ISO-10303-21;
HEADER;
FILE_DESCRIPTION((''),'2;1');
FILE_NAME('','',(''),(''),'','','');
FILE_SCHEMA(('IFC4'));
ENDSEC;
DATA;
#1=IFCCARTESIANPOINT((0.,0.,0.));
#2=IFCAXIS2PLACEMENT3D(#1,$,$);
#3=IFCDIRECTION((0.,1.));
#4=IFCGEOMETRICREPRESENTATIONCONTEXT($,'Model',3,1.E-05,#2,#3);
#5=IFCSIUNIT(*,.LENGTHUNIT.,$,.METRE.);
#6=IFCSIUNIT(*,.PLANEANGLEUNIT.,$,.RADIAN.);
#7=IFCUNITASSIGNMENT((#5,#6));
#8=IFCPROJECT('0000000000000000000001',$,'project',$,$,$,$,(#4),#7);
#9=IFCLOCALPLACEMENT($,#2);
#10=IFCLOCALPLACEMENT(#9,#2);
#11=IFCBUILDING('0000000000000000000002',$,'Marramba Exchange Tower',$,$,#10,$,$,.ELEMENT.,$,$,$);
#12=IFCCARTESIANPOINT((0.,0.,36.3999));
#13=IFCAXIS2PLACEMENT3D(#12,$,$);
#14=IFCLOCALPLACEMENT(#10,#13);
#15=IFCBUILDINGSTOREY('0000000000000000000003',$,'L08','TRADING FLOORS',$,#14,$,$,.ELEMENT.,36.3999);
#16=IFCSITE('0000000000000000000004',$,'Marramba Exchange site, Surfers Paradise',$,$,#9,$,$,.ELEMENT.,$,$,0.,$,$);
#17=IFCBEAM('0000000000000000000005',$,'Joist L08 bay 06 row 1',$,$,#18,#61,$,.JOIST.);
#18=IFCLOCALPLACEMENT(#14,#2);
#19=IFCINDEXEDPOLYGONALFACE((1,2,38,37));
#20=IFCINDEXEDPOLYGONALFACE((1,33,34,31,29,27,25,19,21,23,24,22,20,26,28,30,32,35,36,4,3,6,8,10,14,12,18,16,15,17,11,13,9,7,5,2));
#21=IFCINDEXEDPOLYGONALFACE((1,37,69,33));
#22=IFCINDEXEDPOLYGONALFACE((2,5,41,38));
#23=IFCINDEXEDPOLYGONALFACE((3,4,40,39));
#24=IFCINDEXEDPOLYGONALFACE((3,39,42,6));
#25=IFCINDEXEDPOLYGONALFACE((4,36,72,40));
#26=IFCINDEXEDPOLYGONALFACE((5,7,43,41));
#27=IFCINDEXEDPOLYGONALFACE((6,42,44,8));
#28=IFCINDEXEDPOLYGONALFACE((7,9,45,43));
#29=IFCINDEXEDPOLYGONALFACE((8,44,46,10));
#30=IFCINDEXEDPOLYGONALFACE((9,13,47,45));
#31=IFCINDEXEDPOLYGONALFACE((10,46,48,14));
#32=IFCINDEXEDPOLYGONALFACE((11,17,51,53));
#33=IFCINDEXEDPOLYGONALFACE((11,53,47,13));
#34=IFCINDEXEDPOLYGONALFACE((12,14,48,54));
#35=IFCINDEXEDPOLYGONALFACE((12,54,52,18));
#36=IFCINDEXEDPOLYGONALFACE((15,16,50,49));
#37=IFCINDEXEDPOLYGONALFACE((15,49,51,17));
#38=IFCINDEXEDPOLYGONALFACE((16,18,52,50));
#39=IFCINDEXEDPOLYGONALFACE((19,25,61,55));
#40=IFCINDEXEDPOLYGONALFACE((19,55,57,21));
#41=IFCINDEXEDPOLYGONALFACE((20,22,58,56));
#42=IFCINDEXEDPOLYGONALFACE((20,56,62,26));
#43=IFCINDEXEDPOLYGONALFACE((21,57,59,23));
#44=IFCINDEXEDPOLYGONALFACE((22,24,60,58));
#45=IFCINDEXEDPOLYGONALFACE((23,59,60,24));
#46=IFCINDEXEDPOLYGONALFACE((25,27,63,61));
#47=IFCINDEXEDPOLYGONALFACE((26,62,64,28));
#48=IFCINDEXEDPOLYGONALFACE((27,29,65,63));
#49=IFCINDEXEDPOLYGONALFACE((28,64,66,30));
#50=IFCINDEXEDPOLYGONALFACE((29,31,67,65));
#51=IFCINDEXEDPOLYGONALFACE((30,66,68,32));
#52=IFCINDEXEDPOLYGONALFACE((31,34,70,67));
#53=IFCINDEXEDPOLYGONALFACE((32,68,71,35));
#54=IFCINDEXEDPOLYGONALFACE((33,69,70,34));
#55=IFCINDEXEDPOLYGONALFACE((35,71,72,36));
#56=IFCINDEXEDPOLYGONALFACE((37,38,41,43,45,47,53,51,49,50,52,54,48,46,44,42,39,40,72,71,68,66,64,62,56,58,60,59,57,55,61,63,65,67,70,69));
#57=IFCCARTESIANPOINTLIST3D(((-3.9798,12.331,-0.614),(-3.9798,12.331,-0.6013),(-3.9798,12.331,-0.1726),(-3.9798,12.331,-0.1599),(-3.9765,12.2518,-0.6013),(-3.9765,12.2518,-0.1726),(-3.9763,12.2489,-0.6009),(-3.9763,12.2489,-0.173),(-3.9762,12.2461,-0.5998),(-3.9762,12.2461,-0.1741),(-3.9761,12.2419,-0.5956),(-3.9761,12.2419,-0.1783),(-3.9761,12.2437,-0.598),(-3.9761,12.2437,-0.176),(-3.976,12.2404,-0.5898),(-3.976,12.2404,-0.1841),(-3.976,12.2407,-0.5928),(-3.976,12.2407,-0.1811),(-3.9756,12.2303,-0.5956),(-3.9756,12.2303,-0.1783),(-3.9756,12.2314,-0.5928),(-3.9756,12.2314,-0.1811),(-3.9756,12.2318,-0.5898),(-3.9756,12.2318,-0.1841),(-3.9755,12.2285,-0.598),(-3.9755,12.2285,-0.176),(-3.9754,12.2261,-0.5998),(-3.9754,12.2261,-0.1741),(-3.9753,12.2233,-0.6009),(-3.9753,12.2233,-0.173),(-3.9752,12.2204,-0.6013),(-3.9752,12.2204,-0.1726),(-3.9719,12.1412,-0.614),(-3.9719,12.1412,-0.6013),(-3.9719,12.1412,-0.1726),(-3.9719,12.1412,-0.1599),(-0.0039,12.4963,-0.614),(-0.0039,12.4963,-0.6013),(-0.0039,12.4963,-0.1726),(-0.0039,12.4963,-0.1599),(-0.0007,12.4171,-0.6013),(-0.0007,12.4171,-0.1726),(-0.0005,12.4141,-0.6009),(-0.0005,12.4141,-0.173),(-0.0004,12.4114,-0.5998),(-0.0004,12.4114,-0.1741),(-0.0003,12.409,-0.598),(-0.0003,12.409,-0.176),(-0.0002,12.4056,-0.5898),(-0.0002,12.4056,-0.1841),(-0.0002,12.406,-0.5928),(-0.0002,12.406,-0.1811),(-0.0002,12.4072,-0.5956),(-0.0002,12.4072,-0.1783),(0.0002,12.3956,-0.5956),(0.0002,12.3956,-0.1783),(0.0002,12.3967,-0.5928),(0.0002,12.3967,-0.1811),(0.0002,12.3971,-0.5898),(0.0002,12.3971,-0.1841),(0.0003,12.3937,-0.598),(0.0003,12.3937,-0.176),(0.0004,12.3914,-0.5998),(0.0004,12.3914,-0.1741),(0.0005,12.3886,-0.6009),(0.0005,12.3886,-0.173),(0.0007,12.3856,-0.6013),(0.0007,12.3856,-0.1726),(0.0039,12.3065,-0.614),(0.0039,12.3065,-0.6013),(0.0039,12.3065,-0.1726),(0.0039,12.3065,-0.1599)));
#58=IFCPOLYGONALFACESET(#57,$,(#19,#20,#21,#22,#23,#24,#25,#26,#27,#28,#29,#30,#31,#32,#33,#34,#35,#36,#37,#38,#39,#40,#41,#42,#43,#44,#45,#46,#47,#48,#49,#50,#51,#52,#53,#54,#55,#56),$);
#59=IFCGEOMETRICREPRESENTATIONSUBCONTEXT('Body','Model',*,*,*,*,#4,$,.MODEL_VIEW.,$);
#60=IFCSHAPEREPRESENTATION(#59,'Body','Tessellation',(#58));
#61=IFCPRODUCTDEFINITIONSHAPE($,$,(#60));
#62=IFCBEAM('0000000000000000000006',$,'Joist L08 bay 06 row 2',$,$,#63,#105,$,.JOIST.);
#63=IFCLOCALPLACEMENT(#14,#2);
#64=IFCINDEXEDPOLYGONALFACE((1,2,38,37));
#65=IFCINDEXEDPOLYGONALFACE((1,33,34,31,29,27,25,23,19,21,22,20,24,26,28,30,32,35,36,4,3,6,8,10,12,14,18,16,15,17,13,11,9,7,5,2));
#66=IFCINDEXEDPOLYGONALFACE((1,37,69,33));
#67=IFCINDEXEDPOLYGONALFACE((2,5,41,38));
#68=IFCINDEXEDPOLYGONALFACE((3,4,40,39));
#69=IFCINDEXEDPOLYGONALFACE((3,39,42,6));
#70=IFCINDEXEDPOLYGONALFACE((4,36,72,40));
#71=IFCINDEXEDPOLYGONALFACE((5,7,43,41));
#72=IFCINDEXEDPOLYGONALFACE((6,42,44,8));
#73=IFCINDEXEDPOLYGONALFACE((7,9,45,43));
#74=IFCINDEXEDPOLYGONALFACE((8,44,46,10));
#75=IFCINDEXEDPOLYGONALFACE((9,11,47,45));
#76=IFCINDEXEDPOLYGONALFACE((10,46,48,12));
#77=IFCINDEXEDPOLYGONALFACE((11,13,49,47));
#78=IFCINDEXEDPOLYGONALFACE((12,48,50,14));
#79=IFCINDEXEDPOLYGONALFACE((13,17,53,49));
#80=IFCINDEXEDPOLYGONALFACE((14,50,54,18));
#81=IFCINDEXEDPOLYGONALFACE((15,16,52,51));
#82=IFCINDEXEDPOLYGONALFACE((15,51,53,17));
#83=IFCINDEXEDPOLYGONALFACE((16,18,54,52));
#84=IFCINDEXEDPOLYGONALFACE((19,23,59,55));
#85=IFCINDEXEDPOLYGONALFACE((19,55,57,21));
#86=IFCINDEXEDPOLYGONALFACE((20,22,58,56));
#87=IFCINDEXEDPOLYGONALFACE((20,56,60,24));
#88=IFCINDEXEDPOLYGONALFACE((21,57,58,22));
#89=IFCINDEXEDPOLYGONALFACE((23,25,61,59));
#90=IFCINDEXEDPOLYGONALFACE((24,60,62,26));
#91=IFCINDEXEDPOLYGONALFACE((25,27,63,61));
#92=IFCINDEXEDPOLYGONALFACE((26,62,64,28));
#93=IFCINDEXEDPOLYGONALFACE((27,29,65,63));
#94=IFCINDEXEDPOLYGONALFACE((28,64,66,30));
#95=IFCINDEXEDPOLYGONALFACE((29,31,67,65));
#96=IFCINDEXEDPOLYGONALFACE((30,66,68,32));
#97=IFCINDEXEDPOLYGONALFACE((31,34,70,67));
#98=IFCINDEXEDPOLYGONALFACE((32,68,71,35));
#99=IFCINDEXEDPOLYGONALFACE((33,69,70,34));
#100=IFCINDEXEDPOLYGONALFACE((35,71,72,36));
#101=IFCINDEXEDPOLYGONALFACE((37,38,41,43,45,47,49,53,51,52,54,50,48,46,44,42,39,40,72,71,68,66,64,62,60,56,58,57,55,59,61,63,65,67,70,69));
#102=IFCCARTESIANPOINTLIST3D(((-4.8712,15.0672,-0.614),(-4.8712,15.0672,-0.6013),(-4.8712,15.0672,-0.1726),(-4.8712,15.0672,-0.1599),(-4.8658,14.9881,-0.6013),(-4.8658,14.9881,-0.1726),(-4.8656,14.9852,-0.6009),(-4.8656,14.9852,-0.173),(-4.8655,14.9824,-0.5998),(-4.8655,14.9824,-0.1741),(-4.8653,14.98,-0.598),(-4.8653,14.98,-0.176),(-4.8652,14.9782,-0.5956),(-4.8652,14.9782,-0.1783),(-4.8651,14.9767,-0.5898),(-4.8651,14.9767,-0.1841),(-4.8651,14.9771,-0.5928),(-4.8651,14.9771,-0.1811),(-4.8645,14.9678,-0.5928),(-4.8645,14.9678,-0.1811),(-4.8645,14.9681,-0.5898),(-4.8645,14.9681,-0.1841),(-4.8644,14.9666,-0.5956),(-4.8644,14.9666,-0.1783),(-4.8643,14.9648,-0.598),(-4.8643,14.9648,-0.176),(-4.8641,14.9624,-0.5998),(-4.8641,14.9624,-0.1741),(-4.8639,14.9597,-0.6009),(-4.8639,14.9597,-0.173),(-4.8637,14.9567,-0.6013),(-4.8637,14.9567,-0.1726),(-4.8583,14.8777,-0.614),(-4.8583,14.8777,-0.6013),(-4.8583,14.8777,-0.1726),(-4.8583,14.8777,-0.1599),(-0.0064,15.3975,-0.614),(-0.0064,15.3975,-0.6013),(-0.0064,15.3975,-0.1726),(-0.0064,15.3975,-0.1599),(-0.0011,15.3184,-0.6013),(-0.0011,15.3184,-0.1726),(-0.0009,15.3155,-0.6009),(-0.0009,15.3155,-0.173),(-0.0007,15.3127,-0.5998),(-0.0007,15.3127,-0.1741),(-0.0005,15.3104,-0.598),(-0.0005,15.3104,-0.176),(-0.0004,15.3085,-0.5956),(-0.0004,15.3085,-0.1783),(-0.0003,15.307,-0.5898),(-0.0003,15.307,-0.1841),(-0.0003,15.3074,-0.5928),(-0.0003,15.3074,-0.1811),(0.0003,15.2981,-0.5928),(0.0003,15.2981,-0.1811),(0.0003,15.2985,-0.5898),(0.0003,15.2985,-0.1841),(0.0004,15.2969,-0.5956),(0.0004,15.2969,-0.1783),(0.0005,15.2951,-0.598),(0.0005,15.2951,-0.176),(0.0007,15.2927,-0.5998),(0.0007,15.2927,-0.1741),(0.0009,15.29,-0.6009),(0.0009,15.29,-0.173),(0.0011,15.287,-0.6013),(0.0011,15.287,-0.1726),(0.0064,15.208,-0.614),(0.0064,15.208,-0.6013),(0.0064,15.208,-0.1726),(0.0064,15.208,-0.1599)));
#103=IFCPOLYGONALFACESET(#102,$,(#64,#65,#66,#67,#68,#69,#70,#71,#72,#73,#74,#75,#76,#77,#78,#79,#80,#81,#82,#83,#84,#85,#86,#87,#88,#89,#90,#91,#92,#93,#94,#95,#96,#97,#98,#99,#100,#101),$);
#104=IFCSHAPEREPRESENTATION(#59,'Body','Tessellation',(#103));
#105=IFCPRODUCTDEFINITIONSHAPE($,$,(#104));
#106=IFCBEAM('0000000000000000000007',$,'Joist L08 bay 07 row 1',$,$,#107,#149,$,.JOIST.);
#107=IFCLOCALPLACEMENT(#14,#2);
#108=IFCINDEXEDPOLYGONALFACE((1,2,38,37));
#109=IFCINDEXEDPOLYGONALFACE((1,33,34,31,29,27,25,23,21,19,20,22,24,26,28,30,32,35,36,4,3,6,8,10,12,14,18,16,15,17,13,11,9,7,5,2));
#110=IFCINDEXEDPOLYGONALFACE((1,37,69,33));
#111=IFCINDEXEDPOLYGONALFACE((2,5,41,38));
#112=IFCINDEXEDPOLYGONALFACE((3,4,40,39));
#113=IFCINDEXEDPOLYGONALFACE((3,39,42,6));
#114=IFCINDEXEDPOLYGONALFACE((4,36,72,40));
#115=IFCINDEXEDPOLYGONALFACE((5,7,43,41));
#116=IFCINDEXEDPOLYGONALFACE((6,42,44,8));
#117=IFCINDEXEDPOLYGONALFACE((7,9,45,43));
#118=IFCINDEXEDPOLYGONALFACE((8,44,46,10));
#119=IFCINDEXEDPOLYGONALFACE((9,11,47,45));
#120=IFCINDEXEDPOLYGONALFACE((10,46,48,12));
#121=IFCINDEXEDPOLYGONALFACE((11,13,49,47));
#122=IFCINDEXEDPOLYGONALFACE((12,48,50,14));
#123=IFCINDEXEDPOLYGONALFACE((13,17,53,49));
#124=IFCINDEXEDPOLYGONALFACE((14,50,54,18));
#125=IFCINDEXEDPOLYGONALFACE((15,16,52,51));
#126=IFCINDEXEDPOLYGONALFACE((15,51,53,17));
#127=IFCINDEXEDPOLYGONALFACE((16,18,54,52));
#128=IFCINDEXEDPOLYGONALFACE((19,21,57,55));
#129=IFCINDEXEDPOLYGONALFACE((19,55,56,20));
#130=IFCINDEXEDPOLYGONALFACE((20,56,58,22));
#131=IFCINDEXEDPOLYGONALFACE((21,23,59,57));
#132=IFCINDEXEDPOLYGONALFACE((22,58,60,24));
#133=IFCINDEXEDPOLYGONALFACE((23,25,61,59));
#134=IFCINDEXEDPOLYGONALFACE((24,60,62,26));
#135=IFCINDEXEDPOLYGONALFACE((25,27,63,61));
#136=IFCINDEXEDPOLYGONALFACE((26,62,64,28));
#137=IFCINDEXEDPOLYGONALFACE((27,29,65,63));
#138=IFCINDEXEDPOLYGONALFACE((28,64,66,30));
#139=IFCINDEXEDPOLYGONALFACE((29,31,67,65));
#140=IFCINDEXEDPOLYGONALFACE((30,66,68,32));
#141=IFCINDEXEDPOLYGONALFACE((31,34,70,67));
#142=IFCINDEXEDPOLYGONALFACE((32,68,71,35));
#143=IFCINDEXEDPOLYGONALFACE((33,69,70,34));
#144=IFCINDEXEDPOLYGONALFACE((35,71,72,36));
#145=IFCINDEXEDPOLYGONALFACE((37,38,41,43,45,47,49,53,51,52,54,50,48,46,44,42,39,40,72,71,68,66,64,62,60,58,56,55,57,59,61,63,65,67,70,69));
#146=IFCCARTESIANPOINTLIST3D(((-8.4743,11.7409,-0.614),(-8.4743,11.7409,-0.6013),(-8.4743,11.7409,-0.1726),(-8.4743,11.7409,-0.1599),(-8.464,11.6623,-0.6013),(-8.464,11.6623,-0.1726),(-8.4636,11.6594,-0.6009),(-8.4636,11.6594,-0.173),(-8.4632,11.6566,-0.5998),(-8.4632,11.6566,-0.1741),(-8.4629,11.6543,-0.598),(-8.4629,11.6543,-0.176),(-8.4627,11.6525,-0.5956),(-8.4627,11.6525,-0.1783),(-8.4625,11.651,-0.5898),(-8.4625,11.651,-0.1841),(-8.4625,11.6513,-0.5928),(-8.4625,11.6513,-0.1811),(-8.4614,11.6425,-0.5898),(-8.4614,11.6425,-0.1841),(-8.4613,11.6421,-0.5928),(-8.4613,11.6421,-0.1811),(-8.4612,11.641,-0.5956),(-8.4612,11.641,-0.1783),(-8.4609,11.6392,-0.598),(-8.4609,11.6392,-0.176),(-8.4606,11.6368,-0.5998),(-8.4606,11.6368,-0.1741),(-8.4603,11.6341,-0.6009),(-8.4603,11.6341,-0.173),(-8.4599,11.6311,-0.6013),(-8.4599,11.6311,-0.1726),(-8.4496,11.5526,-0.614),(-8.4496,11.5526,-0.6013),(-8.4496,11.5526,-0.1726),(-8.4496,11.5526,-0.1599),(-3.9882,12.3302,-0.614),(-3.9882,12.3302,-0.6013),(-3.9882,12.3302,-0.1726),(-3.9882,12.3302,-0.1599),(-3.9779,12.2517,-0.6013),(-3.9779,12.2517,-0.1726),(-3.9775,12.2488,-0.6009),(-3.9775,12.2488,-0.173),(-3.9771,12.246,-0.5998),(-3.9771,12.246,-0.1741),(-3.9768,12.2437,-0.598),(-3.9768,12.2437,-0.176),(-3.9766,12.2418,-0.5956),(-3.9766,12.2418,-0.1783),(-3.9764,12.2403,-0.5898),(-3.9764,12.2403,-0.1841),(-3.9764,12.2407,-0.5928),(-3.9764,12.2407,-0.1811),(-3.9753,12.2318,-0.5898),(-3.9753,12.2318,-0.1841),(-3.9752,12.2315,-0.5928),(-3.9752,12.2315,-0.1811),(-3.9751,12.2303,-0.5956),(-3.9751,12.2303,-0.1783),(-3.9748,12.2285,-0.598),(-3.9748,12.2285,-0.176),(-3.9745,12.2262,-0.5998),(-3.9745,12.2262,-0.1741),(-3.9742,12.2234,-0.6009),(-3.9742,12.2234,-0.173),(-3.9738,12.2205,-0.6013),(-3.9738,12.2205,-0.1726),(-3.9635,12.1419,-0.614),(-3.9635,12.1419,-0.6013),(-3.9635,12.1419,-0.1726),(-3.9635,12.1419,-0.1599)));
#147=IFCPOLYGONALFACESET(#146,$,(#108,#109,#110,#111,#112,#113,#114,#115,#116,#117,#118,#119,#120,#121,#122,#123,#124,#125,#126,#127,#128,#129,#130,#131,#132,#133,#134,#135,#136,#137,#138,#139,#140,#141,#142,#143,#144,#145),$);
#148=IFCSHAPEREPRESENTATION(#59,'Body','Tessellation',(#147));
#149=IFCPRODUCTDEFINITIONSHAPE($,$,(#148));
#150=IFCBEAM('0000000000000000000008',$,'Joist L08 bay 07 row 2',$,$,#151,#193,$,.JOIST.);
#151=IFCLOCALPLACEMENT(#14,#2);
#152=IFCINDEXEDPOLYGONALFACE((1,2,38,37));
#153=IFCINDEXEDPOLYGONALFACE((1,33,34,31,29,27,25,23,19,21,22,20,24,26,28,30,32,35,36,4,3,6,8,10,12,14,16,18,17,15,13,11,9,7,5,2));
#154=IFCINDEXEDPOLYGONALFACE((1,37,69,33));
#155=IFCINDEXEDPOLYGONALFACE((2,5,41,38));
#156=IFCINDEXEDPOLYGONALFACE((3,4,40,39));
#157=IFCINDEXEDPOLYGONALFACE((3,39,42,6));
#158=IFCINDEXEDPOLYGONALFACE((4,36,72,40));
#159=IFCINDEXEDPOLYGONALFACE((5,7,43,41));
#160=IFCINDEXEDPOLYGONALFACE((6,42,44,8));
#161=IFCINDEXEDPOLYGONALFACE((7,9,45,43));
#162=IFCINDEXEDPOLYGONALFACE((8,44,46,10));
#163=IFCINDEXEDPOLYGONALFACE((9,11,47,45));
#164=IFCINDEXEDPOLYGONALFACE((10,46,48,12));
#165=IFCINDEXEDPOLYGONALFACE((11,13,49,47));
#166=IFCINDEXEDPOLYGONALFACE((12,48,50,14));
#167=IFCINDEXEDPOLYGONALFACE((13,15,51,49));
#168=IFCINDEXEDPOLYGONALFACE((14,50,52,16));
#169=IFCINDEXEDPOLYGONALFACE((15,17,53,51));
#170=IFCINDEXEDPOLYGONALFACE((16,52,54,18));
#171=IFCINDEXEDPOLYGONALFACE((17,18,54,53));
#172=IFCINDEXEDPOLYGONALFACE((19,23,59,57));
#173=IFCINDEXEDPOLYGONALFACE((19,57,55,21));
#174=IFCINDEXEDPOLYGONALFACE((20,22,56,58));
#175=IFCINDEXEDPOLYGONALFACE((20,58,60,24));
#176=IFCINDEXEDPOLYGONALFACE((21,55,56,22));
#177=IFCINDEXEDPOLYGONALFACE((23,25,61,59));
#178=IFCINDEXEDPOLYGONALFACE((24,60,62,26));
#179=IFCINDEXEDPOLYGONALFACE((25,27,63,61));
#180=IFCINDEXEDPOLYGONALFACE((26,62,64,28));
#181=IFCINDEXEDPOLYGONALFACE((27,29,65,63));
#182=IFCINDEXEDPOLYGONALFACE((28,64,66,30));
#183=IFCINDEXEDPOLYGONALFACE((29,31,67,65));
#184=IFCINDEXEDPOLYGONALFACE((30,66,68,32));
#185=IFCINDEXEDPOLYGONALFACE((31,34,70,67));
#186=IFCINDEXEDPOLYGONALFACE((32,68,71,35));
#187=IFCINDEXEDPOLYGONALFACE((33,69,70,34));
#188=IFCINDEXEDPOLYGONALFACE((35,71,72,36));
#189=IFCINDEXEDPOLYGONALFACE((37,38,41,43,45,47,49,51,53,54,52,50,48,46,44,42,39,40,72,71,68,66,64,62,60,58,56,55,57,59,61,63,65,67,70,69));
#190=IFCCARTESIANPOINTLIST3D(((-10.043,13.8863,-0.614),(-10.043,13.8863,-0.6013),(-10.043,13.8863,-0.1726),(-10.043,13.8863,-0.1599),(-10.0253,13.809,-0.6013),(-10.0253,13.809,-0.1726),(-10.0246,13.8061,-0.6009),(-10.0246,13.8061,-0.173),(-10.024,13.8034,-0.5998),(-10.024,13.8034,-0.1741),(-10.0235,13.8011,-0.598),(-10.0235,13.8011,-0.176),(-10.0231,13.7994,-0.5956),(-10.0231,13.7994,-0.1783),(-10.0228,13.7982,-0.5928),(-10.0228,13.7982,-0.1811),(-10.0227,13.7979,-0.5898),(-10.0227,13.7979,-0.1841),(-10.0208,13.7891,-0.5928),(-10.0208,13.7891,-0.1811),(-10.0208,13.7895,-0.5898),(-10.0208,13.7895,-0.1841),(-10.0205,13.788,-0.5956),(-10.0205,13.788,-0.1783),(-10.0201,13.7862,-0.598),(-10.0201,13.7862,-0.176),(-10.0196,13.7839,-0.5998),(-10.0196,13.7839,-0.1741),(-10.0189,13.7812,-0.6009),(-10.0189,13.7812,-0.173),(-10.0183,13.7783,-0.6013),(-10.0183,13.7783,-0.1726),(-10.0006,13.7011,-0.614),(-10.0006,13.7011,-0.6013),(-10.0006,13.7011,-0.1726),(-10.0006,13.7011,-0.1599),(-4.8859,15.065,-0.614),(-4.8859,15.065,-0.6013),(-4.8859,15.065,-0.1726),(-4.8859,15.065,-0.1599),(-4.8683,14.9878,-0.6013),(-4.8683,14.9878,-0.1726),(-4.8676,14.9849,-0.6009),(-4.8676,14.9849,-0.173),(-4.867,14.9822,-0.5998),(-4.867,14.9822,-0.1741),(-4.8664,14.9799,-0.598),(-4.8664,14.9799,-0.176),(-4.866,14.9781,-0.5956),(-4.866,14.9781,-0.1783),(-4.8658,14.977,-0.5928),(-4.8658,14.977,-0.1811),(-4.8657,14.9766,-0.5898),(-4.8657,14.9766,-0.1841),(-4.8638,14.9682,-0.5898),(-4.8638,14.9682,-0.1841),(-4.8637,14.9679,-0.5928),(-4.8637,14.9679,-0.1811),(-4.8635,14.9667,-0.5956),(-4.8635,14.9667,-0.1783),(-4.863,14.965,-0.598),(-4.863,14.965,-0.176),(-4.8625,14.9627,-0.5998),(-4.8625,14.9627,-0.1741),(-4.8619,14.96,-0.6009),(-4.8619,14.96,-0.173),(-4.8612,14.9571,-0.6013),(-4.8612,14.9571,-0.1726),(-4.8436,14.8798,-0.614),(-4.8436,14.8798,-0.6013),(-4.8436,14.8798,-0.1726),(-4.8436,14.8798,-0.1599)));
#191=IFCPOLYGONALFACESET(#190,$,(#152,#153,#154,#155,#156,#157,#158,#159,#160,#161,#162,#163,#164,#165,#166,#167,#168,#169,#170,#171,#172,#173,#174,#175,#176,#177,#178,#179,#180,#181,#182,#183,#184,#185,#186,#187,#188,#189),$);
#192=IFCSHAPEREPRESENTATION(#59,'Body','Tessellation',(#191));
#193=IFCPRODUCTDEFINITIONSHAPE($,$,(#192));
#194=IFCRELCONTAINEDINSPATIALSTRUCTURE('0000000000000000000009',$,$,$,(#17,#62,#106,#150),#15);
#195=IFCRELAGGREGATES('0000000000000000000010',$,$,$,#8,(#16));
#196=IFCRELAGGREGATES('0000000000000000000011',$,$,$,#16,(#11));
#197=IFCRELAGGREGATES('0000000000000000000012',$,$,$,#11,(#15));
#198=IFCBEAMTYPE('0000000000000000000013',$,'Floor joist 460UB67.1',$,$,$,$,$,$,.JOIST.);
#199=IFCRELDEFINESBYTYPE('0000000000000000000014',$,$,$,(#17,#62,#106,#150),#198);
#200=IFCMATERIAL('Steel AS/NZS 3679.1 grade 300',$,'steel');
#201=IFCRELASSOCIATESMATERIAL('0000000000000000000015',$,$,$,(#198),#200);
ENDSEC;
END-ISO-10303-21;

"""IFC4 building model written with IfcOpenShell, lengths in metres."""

from ifc_helpers import new_model, si_unit, direction, frame, origin, origin_2d, place, context, subcontext, project, spatial, i_section, extrude, material, material_profile, profile_set, type_object, element, save


model = new_model("IFC4")

# Units and contexts
model_context = context("Model", 3, precision=1e-05, world=origin(), true_north=direction((0.0, 1.0)))
body_context = subcontext(model_context, "Body", "Model", "MODEL_VIEW")
ifc_project = project(units=[si_unit("LENGTHUNIT", "METRE"), si_unit("PLANEANGLEUNIT", "RADIAN")], contexts=[model_context])

# Site, building, storey
site_placement = place(None, origin())
site = spatial("IfcSite", under=ifc_project, at=site_placement, Name="Marramba Exchange site, Surfers Paradise", CompositionType="ELEMENT", RefElevation=0.0)
building_placement = place(site_placement, origin())
building = spatial("IfcBuilding", under=site, at=building_placement, Name="Marramba Exchange Tower", CompositionType="ELEMENT")
storey_placement = place(building_placement, frame((0.0, 0.0, 36.3999)))
storey = spatial("IfcBuildingStorey", under=building, at=storey_placement, Name="L08", Description="TRADING FLOORS", CompositionType="ELEMENT", Elevation=36.3999)

# Beams
ifc_material_1 = material(Name="Steel AS/NZS 3679.1 grade 300", Category="steel")
ifc_material_profile_1 = material_profile(ifc_material_1, i_section(OverallWidth=0.1899, OverallDepth=0.4541, WebThickness=0.0085, FlangeThickness=0.0127, FilletRadius=0.0115, at=origin_2d()), Name="460UB67.1")
ifc_profile_set_1 = profile_set([ifc_material_profile_1], Name="Steel AS/NZS 3679.1 grade 300")
beam_type_1 = type_object("IfcBeamType", Name="Floor joist 460UB67.1", PredefinedType="JOIST", material=ifc_profile_set_1)
beam_1_placement = place(storey_placement, frame((0.0, 12.4014, -0.387), z_axis=(-0.999137, -0.041536, 0.0), x_axis=(0.041536, -0.999137, 0.0)))
element("IfcBeam", 1, at=beam_1_placement, inside=storey, type_object=beam_type_1, Name="Joist L08 bay 06 row 1", PredefinedType="JOIST", context=body_context, shape_type="SweptSolid", body=[
    extrude(i_section(OverallWidth=0.1899, OverallDepth=0.4541, WebThickness=0.0085, FlangeThickness=0.0127, FilletRadius=0.0115, at=origin_2d()), origin(), (0.0, 0.0, 1.0), 3.9792),
])
beam_2_placement = place(storey_placement, frame((0.0, 15.3027, -0.387), z_axis=(-0.997703, -0.067745, 0.0), x_axis=(0.067745, -0.997703, 0.0)))
element("IfcBeam", 2, at=beam_2_placement, inside=storey, type_object=beam_type_1, Name="Joist L08 bay 06 row 2", PredefinedType="JOIST", context=body_context, shape_type="SweptSolid", body=[
    extrude(i_section(OverallWidth=0.1899, OverallDepth=0.4541, WebThickness=0.0085, FlangeThickness=0.0127, FilletRadius=0.0115, at=origin_2d()), origin(), (0.0, 0.0, 1.0), 4.876),
])
beam_3_placement = place(storey_placement, frame((-3.9758, 12.2361, -0.387), z_axis=(-0.991481, -0.130255, 0.0), x_axis=(0.130255, -0.991481, 0.0)))
element("IfcBeam", 3, at=beam_3_placement, inside=storey, type_object=beam_type_1, Name="Joist L08 bay 07 row 1", PredefinedType="JOIST", context=body_context, shape_type="SweptSolid", body=[
    extrude(i_section(OverallWidth=0.1899, OverallDepth=0.4541, WebThickness=0.0085, FlangeThickness=0.0127, FilletRadius=0.0115, at=origin_2d()), origin(), (0.0, 0.0, 1.0), 4.5247),
])
beam_4_placement = place(storey_placement, frame((-4.8647, 14.9724, -0.387), z_axis=(-0.97486, -0.22282, 0.0), x_axis=(0.22282, -0.97486, 0.0)))
element("IfcBeam", 4, at=beam_4_placement, inside=storey, type_object=beam_type_1, Name="Joist L08 bay 07 row 2", PredefinedType="JOIST", context=body_context, shape_type="SweptSolid", body=[
    extrude(i_section(OverallWidth=0.1899, OverallDepth=0.4541, WebThickness=0.0085, FlangeThickness=0.0127, FilletRadius=0.0115, at=origin_2d()), origin(), (0.0, 0.0, 1.0), 5.29),
])

save(model, "model.ifc")
